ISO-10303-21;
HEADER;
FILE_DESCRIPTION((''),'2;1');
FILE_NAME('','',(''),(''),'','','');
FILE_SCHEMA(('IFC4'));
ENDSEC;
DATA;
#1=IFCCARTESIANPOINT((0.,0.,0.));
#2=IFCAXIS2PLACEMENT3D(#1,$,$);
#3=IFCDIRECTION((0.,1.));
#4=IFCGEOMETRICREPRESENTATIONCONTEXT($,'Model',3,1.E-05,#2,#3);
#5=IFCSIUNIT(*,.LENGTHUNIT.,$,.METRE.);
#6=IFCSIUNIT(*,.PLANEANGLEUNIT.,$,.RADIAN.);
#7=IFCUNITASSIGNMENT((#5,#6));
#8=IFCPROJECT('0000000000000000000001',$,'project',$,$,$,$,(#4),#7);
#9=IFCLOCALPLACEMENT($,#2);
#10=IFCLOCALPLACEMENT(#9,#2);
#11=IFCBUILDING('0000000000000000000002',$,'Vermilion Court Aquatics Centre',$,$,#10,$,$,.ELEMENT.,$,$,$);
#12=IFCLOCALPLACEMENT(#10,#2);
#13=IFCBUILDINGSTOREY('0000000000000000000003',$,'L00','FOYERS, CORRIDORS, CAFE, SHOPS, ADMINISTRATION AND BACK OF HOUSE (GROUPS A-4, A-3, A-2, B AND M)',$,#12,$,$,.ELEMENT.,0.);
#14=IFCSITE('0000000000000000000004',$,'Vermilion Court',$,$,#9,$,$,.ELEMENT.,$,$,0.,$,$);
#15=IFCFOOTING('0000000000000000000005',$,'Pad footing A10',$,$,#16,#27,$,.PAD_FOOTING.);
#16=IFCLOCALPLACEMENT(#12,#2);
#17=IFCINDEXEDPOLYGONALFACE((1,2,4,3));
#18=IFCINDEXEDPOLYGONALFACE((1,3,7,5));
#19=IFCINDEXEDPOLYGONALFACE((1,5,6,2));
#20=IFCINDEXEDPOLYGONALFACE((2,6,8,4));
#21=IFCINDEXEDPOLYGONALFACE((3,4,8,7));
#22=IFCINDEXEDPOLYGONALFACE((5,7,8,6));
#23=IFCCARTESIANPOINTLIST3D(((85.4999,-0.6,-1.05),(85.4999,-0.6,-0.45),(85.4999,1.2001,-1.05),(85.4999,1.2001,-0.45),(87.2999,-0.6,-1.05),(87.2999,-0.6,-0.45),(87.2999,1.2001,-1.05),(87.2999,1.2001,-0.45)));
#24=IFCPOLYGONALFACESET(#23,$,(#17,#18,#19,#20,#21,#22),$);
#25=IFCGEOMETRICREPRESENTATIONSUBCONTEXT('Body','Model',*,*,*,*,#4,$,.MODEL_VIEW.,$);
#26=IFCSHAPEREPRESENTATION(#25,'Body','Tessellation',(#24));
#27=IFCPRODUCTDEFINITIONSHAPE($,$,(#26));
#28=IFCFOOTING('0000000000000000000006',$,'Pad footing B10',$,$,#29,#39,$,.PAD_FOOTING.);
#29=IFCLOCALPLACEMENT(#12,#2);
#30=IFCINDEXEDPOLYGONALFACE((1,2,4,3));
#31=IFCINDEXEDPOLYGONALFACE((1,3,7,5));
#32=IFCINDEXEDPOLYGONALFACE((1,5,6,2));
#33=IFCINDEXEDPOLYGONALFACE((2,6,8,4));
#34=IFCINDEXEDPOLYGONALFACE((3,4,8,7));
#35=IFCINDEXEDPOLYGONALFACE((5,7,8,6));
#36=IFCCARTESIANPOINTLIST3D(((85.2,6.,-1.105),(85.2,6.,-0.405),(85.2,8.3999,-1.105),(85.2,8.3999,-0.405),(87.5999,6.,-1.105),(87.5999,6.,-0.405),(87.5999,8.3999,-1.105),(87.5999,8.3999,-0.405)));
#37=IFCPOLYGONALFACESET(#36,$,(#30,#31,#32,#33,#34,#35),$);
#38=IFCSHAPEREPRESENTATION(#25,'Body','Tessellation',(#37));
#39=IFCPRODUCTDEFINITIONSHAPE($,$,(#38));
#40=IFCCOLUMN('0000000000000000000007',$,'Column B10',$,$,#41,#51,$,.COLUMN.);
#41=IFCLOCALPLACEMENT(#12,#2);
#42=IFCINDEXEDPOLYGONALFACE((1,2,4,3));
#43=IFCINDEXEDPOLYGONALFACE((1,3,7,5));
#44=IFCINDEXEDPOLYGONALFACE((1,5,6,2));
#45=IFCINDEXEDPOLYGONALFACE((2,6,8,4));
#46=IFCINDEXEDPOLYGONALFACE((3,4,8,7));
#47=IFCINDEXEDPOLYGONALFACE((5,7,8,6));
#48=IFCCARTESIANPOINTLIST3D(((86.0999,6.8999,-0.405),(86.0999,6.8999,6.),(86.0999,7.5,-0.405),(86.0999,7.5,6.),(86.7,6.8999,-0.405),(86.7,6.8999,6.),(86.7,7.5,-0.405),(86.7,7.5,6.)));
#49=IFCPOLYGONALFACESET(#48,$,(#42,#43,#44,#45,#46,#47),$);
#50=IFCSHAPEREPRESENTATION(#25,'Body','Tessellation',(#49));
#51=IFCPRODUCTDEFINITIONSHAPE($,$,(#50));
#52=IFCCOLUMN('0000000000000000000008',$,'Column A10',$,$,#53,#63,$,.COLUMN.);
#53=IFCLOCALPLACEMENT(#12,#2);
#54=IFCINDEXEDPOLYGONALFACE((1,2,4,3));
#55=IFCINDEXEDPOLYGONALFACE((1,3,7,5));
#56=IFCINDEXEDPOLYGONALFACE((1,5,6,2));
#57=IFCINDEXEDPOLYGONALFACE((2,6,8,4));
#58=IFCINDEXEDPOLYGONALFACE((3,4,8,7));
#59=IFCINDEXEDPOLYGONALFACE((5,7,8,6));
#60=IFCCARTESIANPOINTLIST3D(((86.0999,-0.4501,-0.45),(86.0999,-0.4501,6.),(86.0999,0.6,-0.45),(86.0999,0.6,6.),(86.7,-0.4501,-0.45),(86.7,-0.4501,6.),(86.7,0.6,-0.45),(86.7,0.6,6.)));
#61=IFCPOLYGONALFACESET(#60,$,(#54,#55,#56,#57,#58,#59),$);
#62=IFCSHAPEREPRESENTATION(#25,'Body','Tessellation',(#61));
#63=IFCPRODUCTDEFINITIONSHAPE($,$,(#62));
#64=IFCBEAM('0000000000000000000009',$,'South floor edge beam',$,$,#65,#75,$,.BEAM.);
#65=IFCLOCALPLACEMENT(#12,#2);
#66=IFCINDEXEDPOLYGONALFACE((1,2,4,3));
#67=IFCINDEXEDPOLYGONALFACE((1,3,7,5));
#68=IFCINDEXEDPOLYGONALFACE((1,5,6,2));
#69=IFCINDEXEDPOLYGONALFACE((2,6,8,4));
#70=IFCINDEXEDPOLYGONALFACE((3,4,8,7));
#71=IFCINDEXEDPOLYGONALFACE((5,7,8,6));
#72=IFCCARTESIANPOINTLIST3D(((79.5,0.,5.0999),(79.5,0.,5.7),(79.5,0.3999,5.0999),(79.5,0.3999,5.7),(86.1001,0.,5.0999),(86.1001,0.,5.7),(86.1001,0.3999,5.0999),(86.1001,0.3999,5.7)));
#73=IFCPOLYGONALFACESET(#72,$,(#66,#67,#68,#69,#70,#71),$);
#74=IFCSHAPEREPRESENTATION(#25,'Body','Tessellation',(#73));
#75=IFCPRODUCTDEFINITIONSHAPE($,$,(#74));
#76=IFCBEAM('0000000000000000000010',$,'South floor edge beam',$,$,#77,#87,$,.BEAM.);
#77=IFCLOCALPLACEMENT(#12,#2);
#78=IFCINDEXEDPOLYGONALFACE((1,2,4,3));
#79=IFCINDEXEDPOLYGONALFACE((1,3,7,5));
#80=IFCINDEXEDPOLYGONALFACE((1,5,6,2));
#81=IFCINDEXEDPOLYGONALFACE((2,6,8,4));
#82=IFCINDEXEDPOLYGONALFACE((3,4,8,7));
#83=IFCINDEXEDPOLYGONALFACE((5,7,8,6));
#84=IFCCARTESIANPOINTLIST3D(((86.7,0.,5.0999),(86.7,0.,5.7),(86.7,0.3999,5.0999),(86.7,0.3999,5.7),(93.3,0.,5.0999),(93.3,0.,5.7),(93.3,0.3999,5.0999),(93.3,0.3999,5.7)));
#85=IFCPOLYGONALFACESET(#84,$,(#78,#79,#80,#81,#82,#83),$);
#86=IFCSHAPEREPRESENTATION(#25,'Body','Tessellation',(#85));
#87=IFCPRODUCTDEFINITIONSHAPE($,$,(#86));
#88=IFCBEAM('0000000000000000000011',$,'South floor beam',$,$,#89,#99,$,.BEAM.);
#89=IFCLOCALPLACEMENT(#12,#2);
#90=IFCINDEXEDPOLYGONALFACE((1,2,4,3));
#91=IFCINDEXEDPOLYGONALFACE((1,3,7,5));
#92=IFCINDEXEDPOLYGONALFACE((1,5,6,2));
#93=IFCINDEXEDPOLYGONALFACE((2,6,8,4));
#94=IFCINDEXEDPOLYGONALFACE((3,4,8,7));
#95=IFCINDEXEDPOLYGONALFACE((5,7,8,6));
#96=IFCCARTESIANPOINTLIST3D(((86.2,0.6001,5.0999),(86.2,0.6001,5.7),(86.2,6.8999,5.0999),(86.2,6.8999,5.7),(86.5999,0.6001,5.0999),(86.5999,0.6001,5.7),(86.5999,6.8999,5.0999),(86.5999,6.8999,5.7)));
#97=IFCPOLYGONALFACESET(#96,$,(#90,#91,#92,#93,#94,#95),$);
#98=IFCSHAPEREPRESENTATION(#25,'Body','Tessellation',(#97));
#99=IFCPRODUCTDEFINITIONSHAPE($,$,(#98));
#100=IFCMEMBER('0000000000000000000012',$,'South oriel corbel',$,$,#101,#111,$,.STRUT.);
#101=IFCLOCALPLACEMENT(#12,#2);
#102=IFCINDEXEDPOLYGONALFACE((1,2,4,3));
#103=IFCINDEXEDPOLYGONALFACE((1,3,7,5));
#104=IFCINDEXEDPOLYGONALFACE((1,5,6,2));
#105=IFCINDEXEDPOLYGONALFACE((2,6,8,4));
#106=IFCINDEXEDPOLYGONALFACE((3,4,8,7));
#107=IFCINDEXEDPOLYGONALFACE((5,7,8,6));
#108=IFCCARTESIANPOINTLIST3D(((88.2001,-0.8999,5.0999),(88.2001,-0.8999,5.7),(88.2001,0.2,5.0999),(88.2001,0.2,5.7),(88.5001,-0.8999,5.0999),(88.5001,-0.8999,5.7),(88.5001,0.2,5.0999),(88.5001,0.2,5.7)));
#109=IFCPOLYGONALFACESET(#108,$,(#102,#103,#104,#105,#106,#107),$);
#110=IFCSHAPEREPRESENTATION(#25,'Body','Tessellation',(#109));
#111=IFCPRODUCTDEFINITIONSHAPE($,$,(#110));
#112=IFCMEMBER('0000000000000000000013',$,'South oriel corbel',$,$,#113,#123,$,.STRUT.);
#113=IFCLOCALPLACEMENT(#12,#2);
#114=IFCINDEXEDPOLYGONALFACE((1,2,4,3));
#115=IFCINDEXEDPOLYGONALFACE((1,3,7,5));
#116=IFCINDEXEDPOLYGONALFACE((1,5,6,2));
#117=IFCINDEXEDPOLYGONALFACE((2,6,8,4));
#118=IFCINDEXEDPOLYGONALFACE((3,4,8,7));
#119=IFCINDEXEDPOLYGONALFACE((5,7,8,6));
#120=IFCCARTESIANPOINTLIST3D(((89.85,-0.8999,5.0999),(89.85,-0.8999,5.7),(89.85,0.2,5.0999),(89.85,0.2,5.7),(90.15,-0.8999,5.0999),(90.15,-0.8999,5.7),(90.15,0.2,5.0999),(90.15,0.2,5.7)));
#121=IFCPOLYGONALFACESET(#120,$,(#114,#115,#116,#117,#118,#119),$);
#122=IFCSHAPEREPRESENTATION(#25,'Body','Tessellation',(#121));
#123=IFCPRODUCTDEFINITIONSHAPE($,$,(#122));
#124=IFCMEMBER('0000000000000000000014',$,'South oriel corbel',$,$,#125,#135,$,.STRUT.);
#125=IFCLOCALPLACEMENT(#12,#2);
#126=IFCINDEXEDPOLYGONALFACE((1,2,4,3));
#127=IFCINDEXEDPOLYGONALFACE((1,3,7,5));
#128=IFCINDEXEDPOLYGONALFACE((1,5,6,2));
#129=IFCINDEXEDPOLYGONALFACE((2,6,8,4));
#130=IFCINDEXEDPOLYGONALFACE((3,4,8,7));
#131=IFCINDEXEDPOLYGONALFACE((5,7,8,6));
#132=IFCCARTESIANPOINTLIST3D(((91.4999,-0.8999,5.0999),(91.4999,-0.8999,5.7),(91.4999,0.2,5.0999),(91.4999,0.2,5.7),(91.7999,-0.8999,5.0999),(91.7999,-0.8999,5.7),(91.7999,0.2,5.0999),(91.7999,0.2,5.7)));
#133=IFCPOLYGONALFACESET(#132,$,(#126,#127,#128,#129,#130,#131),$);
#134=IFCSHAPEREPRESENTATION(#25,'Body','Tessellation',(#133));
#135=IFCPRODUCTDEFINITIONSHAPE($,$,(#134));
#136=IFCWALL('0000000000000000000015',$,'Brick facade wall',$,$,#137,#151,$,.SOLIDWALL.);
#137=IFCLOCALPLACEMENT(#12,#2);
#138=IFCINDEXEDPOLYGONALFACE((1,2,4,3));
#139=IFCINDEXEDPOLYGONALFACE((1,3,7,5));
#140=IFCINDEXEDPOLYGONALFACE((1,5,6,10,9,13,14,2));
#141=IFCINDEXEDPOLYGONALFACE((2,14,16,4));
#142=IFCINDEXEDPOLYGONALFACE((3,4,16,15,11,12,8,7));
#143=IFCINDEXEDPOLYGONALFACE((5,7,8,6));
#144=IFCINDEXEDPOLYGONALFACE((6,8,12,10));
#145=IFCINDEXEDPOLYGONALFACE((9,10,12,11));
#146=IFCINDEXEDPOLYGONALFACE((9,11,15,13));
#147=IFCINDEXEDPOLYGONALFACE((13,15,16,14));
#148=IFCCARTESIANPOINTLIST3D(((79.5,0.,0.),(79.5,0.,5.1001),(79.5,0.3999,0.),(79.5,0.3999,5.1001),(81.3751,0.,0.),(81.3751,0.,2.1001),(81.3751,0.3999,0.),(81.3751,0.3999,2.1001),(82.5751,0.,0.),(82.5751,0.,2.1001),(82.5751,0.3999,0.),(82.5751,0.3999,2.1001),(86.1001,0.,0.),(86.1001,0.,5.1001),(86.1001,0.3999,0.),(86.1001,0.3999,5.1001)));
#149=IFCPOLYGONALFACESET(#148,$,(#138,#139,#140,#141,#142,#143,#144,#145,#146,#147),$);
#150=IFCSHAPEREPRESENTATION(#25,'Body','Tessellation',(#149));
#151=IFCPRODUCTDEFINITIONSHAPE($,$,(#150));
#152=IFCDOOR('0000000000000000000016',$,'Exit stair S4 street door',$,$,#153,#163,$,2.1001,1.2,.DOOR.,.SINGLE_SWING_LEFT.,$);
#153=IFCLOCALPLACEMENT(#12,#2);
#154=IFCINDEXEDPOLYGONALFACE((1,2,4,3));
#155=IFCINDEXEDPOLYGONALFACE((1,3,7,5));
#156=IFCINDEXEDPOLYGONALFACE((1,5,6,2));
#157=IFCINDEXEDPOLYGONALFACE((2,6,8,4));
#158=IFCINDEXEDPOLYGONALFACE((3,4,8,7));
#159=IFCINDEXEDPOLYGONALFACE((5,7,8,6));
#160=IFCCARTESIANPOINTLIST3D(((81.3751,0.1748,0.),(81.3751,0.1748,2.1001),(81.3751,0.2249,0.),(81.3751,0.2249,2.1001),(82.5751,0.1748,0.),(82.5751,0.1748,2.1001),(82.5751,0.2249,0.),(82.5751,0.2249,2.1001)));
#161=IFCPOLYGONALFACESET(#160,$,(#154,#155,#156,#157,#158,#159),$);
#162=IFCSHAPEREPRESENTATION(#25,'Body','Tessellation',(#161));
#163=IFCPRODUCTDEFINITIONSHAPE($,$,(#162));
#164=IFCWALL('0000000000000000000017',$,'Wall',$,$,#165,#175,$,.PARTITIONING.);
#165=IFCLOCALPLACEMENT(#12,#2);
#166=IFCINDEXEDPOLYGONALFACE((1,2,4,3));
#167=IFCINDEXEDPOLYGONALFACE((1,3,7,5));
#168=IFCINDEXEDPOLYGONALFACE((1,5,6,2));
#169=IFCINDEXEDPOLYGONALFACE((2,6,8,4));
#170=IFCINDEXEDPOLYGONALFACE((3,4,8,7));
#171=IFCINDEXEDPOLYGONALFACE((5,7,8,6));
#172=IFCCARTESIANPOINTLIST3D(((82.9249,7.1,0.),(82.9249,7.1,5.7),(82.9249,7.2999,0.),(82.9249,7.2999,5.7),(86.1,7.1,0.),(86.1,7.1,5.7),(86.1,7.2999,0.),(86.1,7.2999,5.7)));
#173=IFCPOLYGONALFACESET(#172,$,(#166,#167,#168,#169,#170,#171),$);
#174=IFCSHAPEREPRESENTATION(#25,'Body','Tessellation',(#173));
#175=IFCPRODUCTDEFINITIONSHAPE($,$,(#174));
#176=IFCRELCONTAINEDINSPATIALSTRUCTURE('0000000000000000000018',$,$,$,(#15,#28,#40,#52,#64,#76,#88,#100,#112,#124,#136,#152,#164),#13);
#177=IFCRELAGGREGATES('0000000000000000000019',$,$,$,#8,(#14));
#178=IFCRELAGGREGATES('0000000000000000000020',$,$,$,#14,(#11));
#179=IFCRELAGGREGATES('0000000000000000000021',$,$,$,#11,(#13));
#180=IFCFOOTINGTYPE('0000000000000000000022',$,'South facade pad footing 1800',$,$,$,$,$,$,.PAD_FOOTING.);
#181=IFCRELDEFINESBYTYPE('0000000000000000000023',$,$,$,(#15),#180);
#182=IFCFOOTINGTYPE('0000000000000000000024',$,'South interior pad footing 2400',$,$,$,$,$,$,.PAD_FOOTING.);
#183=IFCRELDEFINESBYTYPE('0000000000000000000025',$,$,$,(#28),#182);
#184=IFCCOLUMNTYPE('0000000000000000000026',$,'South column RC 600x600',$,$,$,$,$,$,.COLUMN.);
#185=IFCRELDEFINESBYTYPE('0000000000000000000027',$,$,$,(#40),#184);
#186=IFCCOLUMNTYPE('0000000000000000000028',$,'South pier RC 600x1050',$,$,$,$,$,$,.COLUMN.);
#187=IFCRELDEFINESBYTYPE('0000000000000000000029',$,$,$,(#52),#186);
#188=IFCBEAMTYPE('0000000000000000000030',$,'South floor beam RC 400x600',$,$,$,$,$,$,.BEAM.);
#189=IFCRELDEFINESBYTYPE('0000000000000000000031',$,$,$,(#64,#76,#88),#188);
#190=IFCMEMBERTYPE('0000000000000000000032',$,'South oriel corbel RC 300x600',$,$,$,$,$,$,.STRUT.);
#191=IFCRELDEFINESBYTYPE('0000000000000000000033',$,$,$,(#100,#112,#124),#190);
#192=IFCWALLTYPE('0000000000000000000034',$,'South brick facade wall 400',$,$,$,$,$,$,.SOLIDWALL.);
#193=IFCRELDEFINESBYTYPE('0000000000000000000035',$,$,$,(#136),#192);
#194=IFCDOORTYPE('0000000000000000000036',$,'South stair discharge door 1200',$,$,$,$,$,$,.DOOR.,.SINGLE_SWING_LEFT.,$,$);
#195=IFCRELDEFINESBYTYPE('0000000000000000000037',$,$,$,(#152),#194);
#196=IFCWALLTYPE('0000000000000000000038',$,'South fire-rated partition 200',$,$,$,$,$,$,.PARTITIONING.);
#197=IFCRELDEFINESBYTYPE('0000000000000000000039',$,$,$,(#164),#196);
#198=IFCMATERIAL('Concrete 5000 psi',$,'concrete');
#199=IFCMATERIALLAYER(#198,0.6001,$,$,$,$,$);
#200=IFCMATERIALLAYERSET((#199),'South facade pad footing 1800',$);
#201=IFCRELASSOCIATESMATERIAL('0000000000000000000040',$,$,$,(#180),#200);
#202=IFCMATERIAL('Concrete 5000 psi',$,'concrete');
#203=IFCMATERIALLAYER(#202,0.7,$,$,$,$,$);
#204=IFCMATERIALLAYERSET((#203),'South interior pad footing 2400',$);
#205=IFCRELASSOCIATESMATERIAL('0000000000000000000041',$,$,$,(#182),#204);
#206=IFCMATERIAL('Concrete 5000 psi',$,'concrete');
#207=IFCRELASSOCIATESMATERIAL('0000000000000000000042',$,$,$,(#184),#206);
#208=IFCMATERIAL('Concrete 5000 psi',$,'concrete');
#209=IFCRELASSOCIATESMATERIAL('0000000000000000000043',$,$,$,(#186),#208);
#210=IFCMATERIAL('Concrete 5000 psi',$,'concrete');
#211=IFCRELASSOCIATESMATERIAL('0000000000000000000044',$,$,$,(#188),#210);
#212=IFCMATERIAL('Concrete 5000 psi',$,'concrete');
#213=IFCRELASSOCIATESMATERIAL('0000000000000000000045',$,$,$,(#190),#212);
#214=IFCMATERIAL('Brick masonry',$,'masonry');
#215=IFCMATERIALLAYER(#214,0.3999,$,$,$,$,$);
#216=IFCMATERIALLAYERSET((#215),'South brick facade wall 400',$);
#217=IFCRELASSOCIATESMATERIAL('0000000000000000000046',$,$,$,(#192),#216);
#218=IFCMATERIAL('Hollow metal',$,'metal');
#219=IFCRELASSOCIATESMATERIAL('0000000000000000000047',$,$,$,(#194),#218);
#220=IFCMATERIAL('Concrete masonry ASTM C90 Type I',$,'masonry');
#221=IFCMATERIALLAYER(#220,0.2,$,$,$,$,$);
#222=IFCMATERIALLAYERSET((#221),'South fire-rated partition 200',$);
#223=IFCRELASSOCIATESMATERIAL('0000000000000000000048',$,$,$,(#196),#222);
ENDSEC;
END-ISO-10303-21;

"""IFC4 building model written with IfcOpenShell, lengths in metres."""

from ifc_helpers import new_model, si_unit, direction, frame, frame_2d, origin, origin_2d, place, context, subcontext, project, spatial, rectangle, extrude, material, layer, layer_set, material_profile, profile_set, type_object, element, fill, save


model = new_model("IFC4")

# Units and contexts
model_context = context("Model", 3, precision=1e-05, world=origin(), true_north=direction((0.0, 1.0)))
body_context = subcontext(model_context, "Body", "Model", "MODEL_VIEW")
ifc_project = project(units=[si_unit("LENGTHUNIT", "METRE"), si_unit("PLANEANGLEUNIT", "RADIAN")], contexts=[model_context])

# Site, building, storey
site_placement = place(None, origin())
site = spatial("IfcSite", under=ifc_project, at=site_placement, Name="Vermilion Court", CompositionType="ELEMENT", RefElevation=0.0)
building_placement = place(site_placement, origin())
building = spatial("IfcBuilding", under=site, at=building_placement, Name="Vermilion Court Aquatics Centre", CompositionType="ELEMENT")
storey_placement = place(building_placement, origin())
storey = spatial("IfcBuildingStorey", under=building, at=storey_placement, Name="L00", Description="FOYERS, CORRIDORS, CAFE, SHOPS, ADMINISTRATION AND BACK OF HOUSE (GROUPS A-4, A-3, A-2, B AND M)", CompositionType="ELEMENT", Elevation=0.0)

# Footings
ifc_material_1 = material(Name="Concrete 5000 psi", Category="concrete")
ifc_layer_1 = layer(ifc_material_1, 0.6001)
ifc_layer_set_1 = layer_set([ifc_layer_1], Name="South facade pad footing 1800")
footing_type_1 = type_object("IfcFootingType", Name="South facade pad footing 1800", PredefinedType="PAD_FOOTING", material=ifc_layer_set_1)
footing_1_placement = place(storey_placement, frame((86.3999, 0.3, -1.05), z_axis=(0.0, 0.0, 1.0), x_axis=(1.0, 0.0, 0.0)))
element("IfcFooting", 1, at=footing_1_placement, inside=storey, type_object=footing_type_1, Name="Pad footing A10", PredefinedType="PAD_FOOTING", context=body_context, shape_type="SweptSolid", body=[
    extrude(rectangle(XDim=1.8, YDim=1.8, at=origin_2d()), origin(), (0.0, 0.0, 1.0), 0.6001),
])
ifc_material_2 = material(Name="Concrete 5000 psi", Category="concrete")
ifc_layer_2 = layer(ifc_material_2, 0.7)
ifc_layer_set_2 = layer_set([ifc_layer_2], Name="South interior pad footing 2400")
footing_type_2 = type_object("IfcFootingType", Name="South interior pad footing 2400", PredefinedType="PAD_FOOTING", material=ifc_layer_set_2)
footing_2_placement = place(storey_placement, frame((86.3999, 7.2, -1.105), z_axis=(0.0, 0.0, 1.0), x_axis=(1.0, 0.0, 0.0)))
element("IfcFooting", 2, at=footing_2_placement, inside=storey, type_object=footing_type_2, Name="Pad footing B10", PredefinedType="PAD_FOOTING", context=body_context, shape_type="SweptSolid", body=[
    extrude(rectangle(XDim=2.3999, YDim=2.3999, at=origin_2d()), origin(), (0.0, 0.0, 1.0), 0.7),
])

# Columns
ifc_material_3 = material(Name="Concrete 5000 psi", Category="concrete")
ifc_material_profile_1 = material_profile(ifc_material_3, rectangle(XDim=0.6001, YDim=0.6001, at=origin_2d()), Name="RC 600x600")
ifc_profile_set_1 = profile_set([ifc_material_profile_1], Name="Concrete 5000 psi")
column_type_1 = type_object("IfcColumnType", Name="South column RC 600x600", PredefinedType="COLUMN", material=ifc_profile_set_1)
column_1_placement = place(storey_placement, frame((86.3999, 7.2, -0.405), z_axis=(0.0, 0.0, 1.0), x_axis=(1.0, 0.0, 0.0)))
element("IfcColumn", 3, at=column_1_placement, inside=storey, type_object=column_type_1, Name="Column B10", PredefinedType="COLUMN", context=body_context, shape_type="SweptSolid", body=[
    extrude(rectangle(XDim=0.6001, YDim=0.6001, at=origin_2d()), origin(), (0.0, 0.0, 1.0), 6.405),
])
ifc_material_4 = material(Name="Concrete 5000 psi", Category="concrete")
ifc_material_profile_2 = material_profile(ifc_material_4, rectangle(XDim=0.6001, YDim=1.05, at=origin_2d()), Name="RC 600x1050")
ifc_profile_set_2 = profile_set([ifc_material_profile_2], Name="Concrete 5000 psi")
column_type_2 = type_object("IfcColumnType", Name="South pier RC 600x1050", PredefinedType="COLUMN", material=ifc_profile_set_2)
column_2_placement = place(storey_placement, frame((86.3999, 0.075, -0.45), z_axis=(0.0, 0.0, 1.0), x_axis=(1.0, 0.0, 0.0)))
element("IfcColumn", 4, at=column_2_placement, inside=storey, type_object=column_type_2, Name="Column A10", PredefinedType="COLUMN", context=body_context, shape_type="SweptSolid", body=[
    extrude(rectangle(XDim=0.6001, YDim=1.05, at=origin_2d()), origin(), (0.0, 0.0, 1.0), 6.45),
])

# Beams
ifc_material_5 = material(Name="Concrete 5000 psi", Category="concrete")
ifc_material_profile_3 = material_profile(ifc_material_5, rectangle(XDim=0.3999, YDim=0.6001, at=origin_2d()), Name="RC 400x600")
ifc_profile_set_3 = profile_set([ifc_material_profile_3], Name="Concrete 5000 psi")
beam_type = type_object("IfcBeamType", Name="South floor beam RC 400x600", PredefinedType="BEAM", material=ifc_profile_set_3)
for number, where, z_axis, x_axis, name in (
    (5, (79.5, 0.2, 5.3999), (1.0, 0.0, 0.0), (0.0, 1.0, 0.0), "South floor edge beam"),
    (6, (86.7, 0.2, 5.3999), (1.0, 0.0, 0.0), (0.0, 1.0, 0.0), "South floor edge beam"),
):
    element("IfcBeam", number, at=place(storey_placement, frame(where, z_axis=z_axis, x_axis=x_axis)), inside=storey, type_object=beam_type, Name=name, PredefinedType="BEAM", context=body_context, shape_type="SweptSolid", body=[
        extrude(rectangle(XDim=0.3999, YDim=0.6001, at=origin_2d()), origin(), (0.0, 0.0, 1.0), 6.6001),
    ])
beam_placement = place(storey_placement, frame((86.3999, 0.6001, 5.3999), z_axis=(0.0, 1.0, 0.0), x_axis=(-1.0, 0.0, 0.0)))
element("IfcBeam", 7, at=beam_placement, inside=storey, type_object=beam_type, Name="South floor beam", PredefinedType="BEAM", context=body_context, shape_type="SweptSolid", body=[
    extrude(rectangle(XDim=0.3999, YDim=0.6001, at=origin_2d()), origin(), (0.0, 0.0, 1.0), 6.2998),
])

# Members
ifc_material_6 = material(Name="Concrete 5000 psi", Category="concrete")
ifc_material_profile_4 = material_profile(ifc_material_6, rectangle(XDim=0.3, YDim=0.6001, at=origin_2d()), Name="RC 300x600")
ifc_profile_set_4 = profile_set([ifc_material_profile_4], Name="Concrete 5000 psi")
member_type = type_object("IfcMemberType", Name="South oriel corbel RC 300x600", PredefinedType="STRUT", material=ifc_profile_set_4)
for number, where, z_axis, x_axis, name in (
    (8, (88.3501, -0.8999, 5.3999), (0.0, 1.0, 0.0), (-1.0, 0.0, 0.0), "South oriel corbel"),
    (9, (90.0, -0.8999, 5.3999), (0.0, 1.0, 0.0), (-1.0, 0.0, 0.0), "South oriel corbel"),
    (10, (91.6499, -0.8999, 5.3999), (0.0, 1.0, 0.0), (-1.0, 0.0, 0.0), "South oriel corbel"),
):
    element("IfcMember", number, at=place(storey_placement, frame(where, z_axis=z_axis, x_axis=x_axis)), inside=storey, type_object=member_type, Name=name, PredefinedType="STRUT", context=body_context, shape_type="SweptSolid", body=[
        extrude(rectangle(XDim=0.3, YDim=0.6001, at=origin_2d()), origin(), (0.0, 0.0, 1.0), 1.0999),
    ])

# Wall, opening, door
ifc_material_7 = material(Name="Brick masonry", Category="masonry")
ifc_layer_3 = layer(ifc_material_7, 0.3999)
ifc_layer_set_3 = layer_set([ifc_layer_3], Name="South brick facade wall 400")
wall_type_1 = type_object("IfcWallType", Name="South brick facade wall 400", PredefinedType="SOLIDWALL", material=ifc_layer_set_3)
wall_1_placement = place(storey_placement, frame((79.5, 0.2, 0.0), z_axis=(0.0, 0.0, 1.0), x_axis=(1.0, 0.0, 0.0)))
wall_1 = element("IfcWall", 11, at=wall_1_placement, inside=storey, type_object=wall_type_1, Name="Brick facade wall", PredefinedType="SOLIDWALL", context=body_context, shape_type="SweptSolid", body=[
    extrude(rectangle(XDim=6.6001, YDim=0.3999, at=frame_2d((3.3, 0.0))), origin(), (0.0, 0.0, 1.0), 5.1001),
])
opening_1_placement = place(wall_1_placement, frame((1.875, 0.0, 0.0)))
opening_1 = element("IfcOpeningElement", 12, at=opening_1_placement, cuts=wall_1, PredefinedType="OPENING", context=body_context, shape_type="SweptSolid", body=[
    extrude(rectangle(XDim=1.2, YDim=2.1001, at=frame_2d((0.6001, 1.05))), frame((0.0, 0.21, 0.0), z_axis=(0.0, -1.0, 0.0), x_axis=(1.0, 0.0, 0.0)), (0.0, 0.0, 1.0), 0.4199),
])
ifc_material_8 = material(Name="Hollow metal", Category="metal")
door_type_1 = type_object("IfcDoorType", Name="South stair discharge door 1200", OperationType="SINGLE_SWING_LEFT", PredefinedType="DOOR", material=ifc_material_8)
door_1_placement = place(opening_1_placement, frame((1.2, 0.0, 0.0), z_axis=(0.0, 0.0, 1.0), x_axis=(-1.0, 0.0, 0.0)))
door_1 = element("IfcDoor", 13, at=door_1_placement, inside=storey, type_object=door_type_1, Name="Exit stair S4 street door", OperationType="SINGLE_SWING_LEFT", OverallHeight=2.1001, OverallWidth=1.2, PredefinedType="DOOR", context=body_context, shape_type="SweptSolid", body=[
    extrude(rectangle(XDim=1.2, YDim=2.1001, at=frame_2d((0.5999, 1.05))), frame((0.0, 0.0251, 0.0), z_axis=(0.0, -1.0, 0.0), x_axis=(1.0, 0.0, 0.0)), (0.0, 0.0, 1.0), 0.05),
])
fill(opening_1, door_1)

# Wall
ifc_material_9 = material(Name="Concrete masonry ASTM C90 Type I", Category="masonry")
ifc_layer_4 = layer(ifc_material_9, 0.2)
ifc_layer_set_4 = layer_set([ifc_layer_4], Name="South fire-rated partition 200")
wall_type_2 = type_object("IfcWallType", Name="South fire-rated partition 200", PredefinedType="PARTITIONING", material=ifc_layer_set_4)
wall_2_placement = place(storey_placement, frame((82.925, 7.2, 0.0), z_axis=(0.0, 0.0, 1.0), x_axis=(1.0, 0.0, 0.0)))
element("IfcWall", 14, at=wall_2_placement, inside=storey, type_object=wall_type_2, Name="Wall", PredefinedType="PARTITIONING", context=body_context, shape_type="SweptSolid", body=[
    extrude(rectangle(XDim=3.175, YDim=0.2, at=frame_2d((1.5874, 0.0))), origin(), (0.0, 0.0, 1.0), 5.7),
])

save(model, "model.ifc")
